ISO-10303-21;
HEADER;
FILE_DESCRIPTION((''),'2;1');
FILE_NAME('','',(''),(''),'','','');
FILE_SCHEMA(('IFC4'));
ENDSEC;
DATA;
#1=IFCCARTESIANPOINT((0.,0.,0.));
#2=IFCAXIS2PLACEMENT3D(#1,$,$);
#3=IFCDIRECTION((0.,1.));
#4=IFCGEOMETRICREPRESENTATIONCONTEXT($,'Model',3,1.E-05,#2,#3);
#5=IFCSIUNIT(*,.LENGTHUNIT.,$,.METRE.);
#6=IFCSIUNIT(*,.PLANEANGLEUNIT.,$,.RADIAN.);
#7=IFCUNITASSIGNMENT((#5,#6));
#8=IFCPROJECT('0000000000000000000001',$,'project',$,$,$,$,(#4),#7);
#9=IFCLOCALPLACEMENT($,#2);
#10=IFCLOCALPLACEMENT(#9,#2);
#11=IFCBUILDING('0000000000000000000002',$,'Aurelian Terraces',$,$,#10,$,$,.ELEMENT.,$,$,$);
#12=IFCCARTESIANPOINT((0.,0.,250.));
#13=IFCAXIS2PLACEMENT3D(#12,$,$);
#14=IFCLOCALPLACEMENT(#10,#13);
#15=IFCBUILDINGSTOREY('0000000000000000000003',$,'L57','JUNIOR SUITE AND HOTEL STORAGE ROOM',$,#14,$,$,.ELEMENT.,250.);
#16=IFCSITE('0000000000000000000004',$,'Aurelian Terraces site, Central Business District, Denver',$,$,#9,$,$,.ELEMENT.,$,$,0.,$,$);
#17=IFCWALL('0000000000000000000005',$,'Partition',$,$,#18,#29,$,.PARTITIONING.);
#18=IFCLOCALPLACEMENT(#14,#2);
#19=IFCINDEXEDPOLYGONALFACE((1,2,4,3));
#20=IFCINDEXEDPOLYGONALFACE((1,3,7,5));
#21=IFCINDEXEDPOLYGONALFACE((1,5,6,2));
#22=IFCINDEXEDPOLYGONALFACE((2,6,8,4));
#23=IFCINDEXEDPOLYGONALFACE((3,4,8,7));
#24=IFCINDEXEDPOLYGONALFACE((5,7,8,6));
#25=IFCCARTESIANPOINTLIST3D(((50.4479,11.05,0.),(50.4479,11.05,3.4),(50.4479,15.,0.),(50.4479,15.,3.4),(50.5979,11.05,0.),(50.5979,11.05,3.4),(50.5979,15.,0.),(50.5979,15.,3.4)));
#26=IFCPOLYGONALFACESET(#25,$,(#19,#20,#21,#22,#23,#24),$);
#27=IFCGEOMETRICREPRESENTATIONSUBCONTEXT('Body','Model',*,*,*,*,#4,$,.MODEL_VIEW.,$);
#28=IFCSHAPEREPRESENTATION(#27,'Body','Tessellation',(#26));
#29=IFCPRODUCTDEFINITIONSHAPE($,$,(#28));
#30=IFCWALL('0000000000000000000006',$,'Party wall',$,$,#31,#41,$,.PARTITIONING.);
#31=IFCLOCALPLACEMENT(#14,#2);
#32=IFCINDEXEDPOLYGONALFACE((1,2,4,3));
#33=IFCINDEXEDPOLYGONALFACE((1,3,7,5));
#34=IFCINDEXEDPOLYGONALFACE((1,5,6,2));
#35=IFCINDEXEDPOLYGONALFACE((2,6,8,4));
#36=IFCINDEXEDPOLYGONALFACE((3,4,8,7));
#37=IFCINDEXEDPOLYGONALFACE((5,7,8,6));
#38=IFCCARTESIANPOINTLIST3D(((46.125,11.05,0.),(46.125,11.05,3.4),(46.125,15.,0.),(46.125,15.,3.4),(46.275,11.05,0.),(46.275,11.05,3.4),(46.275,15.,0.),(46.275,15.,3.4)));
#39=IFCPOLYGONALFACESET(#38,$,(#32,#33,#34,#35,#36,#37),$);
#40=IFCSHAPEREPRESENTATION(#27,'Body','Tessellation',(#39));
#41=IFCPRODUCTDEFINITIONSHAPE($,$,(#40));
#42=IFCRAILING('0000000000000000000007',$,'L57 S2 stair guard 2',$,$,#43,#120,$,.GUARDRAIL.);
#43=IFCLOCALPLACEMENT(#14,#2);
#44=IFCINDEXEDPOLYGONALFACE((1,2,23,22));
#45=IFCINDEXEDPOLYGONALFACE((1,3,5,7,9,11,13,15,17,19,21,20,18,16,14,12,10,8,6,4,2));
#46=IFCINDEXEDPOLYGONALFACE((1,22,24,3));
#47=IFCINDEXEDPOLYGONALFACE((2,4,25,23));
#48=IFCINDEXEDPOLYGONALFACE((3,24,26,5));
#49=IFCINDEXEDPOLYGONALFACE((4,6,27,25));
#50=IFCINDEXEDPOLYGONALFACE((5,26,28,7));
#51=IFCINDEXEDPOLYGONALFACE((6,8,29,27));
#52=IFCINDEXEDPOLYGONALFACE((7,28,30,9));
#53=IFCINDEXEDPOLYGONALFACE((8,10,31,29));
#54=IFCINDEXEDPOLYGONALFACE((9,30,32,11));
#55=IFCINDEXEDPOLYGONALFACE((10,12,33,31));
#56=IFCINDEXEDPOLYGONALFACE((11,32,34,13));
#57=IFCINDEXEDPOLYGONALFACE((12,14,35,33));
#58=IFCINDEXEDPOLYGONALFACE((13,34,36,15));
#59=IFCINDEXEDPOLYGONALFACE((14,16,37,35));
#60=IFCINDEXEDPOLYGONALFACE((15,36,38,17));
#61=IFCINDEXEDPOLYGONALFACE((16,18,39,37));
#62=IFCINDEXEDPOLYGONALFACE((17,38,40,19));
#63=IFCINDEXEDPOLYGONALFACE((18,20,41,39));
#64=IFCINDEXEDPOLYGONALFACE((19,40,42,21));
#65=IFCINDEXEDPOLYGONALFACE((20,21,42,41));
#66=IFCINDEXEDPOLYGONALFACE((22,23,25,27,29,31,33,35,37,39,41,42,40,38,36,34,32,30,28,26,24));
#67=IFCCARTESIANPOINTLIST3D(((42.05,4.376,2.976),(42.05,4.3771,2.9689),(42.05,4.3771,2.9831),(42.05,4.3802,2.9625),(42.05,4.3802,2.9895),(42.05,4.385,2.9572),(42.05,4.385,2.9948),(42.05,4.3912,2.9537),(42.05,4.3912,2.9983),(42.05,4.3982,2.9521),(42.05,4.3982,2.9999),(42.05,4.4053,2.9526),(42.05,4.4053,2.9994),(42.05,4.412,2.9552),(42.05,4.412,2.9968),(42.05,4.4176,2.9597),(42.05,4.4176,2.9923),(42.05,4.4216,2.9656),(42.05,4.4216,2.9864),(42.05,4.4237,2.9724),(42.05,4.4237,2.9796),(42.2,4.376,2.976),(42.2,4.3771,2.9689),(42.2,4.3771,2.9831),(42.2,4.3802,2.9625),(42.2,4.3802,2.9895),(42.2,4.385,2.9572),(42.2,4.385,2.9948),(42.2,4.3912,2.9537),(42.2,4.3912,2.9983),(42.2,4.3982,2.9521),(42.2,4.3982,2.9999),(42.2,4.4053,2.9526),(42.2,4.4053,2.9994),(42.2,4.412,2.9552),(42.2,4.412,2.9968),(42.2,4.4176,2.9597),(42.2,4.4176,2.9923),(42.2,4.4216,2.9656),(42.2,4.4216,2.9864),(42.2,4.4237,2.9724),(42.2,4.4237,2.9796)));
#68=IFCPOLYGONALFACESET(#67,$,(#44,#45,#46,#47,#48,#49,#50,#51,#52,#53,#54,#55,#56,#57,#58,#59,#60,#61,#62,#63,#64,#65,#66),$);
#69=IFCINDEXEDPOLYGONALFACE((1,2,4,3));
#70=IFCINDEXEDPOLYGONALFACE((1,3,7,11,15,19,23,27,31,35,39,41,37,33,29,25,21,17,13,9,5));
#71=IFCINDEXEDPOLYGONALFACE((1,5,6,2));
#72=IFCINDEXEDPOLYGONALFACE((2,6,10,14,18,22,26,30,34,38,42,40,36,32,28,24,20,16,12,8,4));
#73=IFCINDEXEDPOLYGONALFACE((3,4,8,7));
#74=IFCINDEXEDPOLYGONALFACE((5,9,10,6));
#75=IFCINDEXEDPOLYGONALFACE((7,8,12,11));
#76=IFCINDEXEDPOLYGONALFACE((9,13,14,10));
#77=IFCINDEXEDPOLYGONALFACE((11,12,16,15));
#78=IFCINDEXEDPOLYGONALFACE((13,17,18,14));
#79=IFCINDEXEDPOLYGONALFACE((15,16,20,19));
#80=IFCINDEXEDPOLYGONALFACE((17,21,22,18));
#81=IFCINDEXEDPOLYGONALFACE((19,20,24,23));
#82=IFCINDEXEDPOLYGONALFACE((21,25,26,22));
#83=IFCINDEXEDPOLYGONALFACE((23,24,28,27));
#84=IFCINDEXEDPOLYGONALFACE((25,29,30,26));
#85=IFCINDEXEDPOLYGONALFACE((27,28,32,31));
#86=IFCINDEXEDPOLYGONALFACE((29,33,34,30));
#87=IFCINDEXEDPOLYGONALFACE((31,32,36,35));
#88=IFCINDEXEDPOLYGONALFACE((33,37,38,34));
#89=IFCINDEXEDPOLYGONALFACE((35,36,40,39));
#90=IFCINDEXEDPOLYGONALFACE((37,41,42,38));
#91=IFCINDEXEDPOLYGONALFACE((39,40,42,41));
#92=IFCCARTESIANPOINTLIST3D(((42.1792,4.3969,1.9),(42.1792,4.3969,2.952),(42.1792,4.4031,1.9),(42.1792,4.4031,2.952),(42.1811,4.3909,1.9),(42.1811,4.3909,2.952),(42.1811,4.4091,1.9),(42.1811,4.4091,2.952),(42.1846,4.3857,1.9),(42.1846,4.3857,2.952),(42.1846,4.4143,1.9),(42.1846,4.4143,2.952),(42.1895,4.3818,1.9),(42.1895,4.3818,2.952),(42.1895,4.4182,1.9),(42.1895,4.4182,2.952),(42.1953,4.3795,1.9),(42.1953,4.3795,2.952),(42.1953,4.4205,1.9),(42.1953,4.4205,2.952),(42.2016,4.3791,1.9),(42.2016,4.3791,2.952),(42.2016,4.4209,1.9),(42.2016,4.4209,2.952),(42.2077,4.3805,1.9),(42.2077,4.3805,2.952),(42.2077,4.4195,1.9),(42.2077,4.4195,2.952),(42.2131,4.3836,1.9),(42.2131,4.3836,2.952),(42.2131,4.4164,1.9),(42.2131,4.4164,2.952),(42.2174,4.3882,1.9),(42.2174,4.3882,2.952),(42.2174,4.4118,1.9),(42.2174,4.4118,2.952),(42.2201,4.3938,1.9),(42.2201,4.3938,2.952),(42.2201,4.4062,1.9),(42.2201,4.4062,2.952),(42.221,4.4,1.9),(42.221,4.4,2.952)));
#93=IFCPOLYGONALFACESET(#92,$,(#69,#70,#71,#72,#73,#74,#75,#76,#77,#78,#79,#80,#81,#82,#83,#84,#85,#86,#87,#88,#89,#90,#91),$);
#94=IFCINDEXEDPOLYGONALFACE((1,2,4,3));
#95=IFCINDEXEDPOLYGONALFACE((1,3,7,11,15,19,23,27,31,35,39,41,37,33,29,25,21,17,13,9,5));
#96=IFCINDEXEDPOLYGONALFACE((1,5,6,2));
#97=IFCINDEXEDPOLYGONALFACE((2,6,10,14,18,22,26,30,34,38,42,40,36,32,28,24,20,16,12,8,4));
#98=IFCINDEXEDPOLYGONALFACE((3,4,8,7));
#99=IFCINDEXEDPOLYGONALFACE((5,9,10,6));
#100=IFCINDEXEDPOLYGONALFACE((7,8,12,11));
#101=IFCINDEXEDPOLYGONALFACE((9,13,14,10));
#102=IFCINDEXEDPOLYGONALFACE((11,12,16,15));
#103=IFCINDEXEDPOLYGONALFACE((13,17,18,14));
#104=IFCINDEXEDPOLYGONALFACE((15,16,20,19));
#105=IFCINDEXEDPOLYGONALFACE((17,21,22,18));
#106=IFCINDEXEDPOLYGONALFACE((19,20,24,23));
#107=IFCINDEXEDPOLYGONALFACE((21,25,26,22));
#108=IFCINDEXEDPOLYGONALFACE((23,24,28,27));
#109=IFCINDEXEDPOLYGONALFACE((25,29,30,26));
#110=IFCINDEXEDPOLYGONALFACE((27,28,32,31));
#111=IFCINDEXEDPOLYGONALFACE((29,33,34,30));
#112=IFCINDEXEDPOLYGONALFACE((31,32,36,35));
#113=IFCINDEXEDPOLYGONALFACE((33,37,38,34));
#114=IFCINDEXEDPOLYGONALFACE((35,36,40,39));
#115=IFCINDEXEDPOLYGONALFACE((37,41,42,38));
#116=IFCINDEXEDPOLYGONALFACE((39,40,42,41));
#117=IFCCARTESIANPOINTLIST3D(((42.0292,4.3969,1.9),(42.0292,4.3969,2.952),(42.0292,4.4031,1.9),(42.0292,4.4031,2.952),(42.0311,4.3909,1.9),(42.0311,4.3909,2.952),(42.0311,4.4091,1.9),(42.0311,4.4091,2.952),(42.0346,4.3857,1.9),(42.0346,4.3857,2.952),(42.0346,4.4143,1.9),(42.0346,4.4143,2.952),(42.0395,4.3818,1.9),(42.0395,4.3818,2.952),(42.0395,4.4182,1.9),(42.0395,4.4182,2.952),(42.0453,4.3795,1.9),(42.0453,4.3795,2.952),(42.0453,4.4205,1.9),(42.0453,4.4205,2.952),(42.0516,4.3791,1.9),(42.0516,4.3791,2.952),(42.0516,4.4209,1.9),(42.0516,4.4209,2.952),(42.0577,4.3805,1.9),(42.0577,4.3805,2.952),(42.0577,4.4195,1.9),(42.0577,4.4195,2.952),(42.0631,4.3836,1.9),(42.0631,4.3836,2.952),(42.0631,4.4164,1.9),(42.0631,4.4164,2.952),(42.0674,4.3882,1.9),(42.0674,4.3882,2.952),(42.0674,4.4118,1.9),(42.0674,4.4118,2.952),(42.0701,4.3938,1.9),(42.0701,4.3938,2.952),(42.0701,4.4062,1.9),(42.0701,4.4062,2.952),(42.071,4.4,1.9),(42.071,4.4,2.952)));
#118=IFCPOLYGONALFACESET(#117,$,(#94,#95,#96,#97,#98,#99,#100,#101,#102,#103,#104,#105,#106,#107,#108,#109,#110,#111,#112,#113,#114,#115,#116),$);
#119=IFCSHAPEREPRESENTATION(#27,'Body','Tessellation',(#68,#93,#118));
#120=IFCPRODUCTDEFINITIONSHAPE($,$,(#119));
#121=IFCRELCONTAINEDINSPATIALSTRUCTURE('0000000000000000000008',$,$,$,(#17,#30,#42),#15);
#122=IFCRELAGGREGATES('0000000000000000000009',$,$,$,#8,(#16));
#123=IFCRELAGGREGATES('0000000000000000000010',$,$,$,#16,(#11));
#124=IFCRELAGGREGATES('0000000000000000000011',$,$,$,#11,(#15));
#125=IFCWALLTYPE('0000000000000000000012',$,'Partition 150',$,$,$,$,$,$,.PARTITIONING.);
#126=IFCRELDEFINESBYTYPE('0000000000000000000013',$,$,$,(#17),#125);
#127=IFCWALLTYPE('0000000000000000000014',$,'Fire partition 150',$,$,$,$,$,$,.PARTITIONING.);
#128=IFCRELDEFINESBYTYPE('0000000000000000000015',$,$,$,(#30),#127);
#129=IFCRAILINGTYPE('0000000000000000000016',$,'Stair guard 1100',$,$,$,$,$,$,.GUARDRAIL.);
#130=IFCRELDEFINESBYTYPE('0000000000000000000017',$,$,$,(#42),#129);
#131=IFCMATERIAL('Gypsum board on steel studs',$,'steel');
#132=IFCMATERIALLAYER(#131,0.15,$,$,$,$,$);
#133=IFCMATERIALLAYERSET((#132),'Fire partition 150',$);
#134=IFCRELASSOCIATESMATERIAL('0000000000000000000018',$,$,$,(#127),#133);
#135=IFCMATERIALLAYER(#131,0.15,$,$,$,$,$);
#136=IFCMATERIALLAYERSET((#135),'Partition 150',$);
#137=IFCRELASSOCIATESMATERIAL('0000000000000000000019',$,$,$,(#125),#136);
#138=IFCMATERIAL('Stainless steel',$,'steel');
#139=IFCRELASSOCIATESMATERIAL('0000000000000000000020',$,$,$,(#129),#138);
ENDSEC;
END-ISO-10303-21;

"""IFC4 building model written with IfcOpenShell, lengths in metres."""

from ifc_helpers import new_model, si_unit, direction, frame, frame_2d, origin, origin_2d, place, context, subcontext, project, spatial, rectangle, circle, extrude, source, transform, mapped, material, layer, layer_set, type_object, element, save


model = new_model("IFC4")

# Units and contexts
model_context = context("Model", 3, precision=1e-05, world=origin(), true_north=direction((0.0, 1.0)))
body_context = subcontext(model_context, "Body", "Model", "MODEL_VIEW")
ifc_project = project(units=[si_unit("LENGTHUNIT", "METRE"), si_unit("PLANEANGLEUNIT", "RADIAN")], contexts=[model_context])

# Site, building, storey
site_placement = place(None, origin())
site = spatial("IfcSite", under=ifc_project, at=site_placement, Name="Aurelian Terraces site, Central Business District, Denver", CompositionType="ELEMENT", RefElevation=0.0)
building_placement = place(site_placement, origin())
building = spatial("IfcBuilding", under=site, at=building_placement, Name="Aurelian Terraces", CompositionType="ELEMENT")
storey_placement = place(building_placement, frame((0.0, 0.0, 250.0)))
storey = spatial("IfcBuildingStorey", under=building, at=storey_placement, Name="L57", Description="JUNIOR SUITE AND HOTEL STORAGE ROOM", CompositionType="ELEMENT", Elevation=250.0)

# Shared definitions
ifc_material_1 = material(Name="Gypsum board on steel studs", Category="steel")

# Shared definitions
ifc_layer_1 = layer(ifc_material_1, 0.15)
ifc_layer_set_1 = layer_set([ifc_layer_1], Name="Fire partition 150")
wall_type_1 = type_object("IfcWallType", Name="Fire partition 150", PredefinedType="PARTITIONING", material=ifc_layer_set_1)
ifc_layer_2 = layer(ifc_material_1, 0.15)
ifc_layer_set_2 = layer_set([ifc_layer_2], Name="Partition 150")
wall_type_2 = type_object("IfcWallType", Name="Partition 150", PredefinedType="PARTITIONING", material=ifc_layer_set_2)

# Walls
shared_shape_1 = source(origin(), body_context, "Body", "SweptSolid", [
    extrude(rectangle(XDim=3.95, YDim=0.15, at=frame_2d((1.975, 0.0))), origin(), (0.0, 0.0, 1.0), 3.4),
])
for number, where, z_axis, x_axis, name in (
    (1, (50.5229, 11.05, 0.0), (0.0, 0.0, 1.0), (0.0, 1.0, 0.0), "Partition"),
):
    element("IfcWall", number, at=place(storey_placement, frame(where, z_axis=z_axis, x_axis=x_axis)), inside=storey, type_object=wall_type_2, Name=name, PredefinedType="PARTITIONING", context=body_context, shape_type="MappedRepresentation", body=[
        mapped(shared_shape_1, transform((0.0, 0.0, 0.0), scale=1.0)),
    ])
wall_1_placement = place(storey_placement, frame((46.2, 11.05, 0.0), z_axis=(0.0, 0.0, 1.0), x_axis=(0.0, 1.0, 0.0)))
element("IfcWall", 2, at=wall_1_placement, inside=storey, type_object=wall_type_1, Name="Party wall", PredefinedType="PARTITIONING", context=body_context, shape_type="MappedRepresentation", body=[
    mapped(shared_shape_1, transform((0.0, 0.0, 0.0), scale=1.0)),
])

# Railing
ifc_material_2 = material(Name="Stainless steel", Category="steel")
railing_type = type_object("IfcRailingType", Name="Stair guard 1100", PredefinedType="GUARDRAIL", material=ifc_material_2)
shared_shape_2 = source(origin(), body_context, "Body", "SweptSolid", [
    extrude(circle(Radius=0.024, at=origin_2d()), frame((0.0, 0.0, 1.076), z_axis=(-1.0, 0.0, 0.0), x_axis=(0.0, -1.0, 0.0)), (0.0, 0.0, 1.0), 0.15),
    extrude(circle(Radius=0.021, at=origin_2d()), origin(), (0.0, 0.0, 1.0), 1.052),
    extrude(circle(Radius=0.021, at=origin_2d()), frame((-0.15, 0.0, 0.0)), (0.0, 0.0, 1.0), 1.052),
])
railing_placement = place(storey_placement, frame((42.2, 4.4, 1.9)))
element("IfcRailing", 3, at=railing_placement, inside=storey, type_object=railing_type, Name="L57 S2 stair guard 2", PredefinedType="GUARDRAIL", context=body_context, shape_type="MappedRepresentation", body=[
    mapped(shared_shape_2, transform((0.0, 0.0, 0.0), scale=1.0)),
])

save(model, "model.ifc")
